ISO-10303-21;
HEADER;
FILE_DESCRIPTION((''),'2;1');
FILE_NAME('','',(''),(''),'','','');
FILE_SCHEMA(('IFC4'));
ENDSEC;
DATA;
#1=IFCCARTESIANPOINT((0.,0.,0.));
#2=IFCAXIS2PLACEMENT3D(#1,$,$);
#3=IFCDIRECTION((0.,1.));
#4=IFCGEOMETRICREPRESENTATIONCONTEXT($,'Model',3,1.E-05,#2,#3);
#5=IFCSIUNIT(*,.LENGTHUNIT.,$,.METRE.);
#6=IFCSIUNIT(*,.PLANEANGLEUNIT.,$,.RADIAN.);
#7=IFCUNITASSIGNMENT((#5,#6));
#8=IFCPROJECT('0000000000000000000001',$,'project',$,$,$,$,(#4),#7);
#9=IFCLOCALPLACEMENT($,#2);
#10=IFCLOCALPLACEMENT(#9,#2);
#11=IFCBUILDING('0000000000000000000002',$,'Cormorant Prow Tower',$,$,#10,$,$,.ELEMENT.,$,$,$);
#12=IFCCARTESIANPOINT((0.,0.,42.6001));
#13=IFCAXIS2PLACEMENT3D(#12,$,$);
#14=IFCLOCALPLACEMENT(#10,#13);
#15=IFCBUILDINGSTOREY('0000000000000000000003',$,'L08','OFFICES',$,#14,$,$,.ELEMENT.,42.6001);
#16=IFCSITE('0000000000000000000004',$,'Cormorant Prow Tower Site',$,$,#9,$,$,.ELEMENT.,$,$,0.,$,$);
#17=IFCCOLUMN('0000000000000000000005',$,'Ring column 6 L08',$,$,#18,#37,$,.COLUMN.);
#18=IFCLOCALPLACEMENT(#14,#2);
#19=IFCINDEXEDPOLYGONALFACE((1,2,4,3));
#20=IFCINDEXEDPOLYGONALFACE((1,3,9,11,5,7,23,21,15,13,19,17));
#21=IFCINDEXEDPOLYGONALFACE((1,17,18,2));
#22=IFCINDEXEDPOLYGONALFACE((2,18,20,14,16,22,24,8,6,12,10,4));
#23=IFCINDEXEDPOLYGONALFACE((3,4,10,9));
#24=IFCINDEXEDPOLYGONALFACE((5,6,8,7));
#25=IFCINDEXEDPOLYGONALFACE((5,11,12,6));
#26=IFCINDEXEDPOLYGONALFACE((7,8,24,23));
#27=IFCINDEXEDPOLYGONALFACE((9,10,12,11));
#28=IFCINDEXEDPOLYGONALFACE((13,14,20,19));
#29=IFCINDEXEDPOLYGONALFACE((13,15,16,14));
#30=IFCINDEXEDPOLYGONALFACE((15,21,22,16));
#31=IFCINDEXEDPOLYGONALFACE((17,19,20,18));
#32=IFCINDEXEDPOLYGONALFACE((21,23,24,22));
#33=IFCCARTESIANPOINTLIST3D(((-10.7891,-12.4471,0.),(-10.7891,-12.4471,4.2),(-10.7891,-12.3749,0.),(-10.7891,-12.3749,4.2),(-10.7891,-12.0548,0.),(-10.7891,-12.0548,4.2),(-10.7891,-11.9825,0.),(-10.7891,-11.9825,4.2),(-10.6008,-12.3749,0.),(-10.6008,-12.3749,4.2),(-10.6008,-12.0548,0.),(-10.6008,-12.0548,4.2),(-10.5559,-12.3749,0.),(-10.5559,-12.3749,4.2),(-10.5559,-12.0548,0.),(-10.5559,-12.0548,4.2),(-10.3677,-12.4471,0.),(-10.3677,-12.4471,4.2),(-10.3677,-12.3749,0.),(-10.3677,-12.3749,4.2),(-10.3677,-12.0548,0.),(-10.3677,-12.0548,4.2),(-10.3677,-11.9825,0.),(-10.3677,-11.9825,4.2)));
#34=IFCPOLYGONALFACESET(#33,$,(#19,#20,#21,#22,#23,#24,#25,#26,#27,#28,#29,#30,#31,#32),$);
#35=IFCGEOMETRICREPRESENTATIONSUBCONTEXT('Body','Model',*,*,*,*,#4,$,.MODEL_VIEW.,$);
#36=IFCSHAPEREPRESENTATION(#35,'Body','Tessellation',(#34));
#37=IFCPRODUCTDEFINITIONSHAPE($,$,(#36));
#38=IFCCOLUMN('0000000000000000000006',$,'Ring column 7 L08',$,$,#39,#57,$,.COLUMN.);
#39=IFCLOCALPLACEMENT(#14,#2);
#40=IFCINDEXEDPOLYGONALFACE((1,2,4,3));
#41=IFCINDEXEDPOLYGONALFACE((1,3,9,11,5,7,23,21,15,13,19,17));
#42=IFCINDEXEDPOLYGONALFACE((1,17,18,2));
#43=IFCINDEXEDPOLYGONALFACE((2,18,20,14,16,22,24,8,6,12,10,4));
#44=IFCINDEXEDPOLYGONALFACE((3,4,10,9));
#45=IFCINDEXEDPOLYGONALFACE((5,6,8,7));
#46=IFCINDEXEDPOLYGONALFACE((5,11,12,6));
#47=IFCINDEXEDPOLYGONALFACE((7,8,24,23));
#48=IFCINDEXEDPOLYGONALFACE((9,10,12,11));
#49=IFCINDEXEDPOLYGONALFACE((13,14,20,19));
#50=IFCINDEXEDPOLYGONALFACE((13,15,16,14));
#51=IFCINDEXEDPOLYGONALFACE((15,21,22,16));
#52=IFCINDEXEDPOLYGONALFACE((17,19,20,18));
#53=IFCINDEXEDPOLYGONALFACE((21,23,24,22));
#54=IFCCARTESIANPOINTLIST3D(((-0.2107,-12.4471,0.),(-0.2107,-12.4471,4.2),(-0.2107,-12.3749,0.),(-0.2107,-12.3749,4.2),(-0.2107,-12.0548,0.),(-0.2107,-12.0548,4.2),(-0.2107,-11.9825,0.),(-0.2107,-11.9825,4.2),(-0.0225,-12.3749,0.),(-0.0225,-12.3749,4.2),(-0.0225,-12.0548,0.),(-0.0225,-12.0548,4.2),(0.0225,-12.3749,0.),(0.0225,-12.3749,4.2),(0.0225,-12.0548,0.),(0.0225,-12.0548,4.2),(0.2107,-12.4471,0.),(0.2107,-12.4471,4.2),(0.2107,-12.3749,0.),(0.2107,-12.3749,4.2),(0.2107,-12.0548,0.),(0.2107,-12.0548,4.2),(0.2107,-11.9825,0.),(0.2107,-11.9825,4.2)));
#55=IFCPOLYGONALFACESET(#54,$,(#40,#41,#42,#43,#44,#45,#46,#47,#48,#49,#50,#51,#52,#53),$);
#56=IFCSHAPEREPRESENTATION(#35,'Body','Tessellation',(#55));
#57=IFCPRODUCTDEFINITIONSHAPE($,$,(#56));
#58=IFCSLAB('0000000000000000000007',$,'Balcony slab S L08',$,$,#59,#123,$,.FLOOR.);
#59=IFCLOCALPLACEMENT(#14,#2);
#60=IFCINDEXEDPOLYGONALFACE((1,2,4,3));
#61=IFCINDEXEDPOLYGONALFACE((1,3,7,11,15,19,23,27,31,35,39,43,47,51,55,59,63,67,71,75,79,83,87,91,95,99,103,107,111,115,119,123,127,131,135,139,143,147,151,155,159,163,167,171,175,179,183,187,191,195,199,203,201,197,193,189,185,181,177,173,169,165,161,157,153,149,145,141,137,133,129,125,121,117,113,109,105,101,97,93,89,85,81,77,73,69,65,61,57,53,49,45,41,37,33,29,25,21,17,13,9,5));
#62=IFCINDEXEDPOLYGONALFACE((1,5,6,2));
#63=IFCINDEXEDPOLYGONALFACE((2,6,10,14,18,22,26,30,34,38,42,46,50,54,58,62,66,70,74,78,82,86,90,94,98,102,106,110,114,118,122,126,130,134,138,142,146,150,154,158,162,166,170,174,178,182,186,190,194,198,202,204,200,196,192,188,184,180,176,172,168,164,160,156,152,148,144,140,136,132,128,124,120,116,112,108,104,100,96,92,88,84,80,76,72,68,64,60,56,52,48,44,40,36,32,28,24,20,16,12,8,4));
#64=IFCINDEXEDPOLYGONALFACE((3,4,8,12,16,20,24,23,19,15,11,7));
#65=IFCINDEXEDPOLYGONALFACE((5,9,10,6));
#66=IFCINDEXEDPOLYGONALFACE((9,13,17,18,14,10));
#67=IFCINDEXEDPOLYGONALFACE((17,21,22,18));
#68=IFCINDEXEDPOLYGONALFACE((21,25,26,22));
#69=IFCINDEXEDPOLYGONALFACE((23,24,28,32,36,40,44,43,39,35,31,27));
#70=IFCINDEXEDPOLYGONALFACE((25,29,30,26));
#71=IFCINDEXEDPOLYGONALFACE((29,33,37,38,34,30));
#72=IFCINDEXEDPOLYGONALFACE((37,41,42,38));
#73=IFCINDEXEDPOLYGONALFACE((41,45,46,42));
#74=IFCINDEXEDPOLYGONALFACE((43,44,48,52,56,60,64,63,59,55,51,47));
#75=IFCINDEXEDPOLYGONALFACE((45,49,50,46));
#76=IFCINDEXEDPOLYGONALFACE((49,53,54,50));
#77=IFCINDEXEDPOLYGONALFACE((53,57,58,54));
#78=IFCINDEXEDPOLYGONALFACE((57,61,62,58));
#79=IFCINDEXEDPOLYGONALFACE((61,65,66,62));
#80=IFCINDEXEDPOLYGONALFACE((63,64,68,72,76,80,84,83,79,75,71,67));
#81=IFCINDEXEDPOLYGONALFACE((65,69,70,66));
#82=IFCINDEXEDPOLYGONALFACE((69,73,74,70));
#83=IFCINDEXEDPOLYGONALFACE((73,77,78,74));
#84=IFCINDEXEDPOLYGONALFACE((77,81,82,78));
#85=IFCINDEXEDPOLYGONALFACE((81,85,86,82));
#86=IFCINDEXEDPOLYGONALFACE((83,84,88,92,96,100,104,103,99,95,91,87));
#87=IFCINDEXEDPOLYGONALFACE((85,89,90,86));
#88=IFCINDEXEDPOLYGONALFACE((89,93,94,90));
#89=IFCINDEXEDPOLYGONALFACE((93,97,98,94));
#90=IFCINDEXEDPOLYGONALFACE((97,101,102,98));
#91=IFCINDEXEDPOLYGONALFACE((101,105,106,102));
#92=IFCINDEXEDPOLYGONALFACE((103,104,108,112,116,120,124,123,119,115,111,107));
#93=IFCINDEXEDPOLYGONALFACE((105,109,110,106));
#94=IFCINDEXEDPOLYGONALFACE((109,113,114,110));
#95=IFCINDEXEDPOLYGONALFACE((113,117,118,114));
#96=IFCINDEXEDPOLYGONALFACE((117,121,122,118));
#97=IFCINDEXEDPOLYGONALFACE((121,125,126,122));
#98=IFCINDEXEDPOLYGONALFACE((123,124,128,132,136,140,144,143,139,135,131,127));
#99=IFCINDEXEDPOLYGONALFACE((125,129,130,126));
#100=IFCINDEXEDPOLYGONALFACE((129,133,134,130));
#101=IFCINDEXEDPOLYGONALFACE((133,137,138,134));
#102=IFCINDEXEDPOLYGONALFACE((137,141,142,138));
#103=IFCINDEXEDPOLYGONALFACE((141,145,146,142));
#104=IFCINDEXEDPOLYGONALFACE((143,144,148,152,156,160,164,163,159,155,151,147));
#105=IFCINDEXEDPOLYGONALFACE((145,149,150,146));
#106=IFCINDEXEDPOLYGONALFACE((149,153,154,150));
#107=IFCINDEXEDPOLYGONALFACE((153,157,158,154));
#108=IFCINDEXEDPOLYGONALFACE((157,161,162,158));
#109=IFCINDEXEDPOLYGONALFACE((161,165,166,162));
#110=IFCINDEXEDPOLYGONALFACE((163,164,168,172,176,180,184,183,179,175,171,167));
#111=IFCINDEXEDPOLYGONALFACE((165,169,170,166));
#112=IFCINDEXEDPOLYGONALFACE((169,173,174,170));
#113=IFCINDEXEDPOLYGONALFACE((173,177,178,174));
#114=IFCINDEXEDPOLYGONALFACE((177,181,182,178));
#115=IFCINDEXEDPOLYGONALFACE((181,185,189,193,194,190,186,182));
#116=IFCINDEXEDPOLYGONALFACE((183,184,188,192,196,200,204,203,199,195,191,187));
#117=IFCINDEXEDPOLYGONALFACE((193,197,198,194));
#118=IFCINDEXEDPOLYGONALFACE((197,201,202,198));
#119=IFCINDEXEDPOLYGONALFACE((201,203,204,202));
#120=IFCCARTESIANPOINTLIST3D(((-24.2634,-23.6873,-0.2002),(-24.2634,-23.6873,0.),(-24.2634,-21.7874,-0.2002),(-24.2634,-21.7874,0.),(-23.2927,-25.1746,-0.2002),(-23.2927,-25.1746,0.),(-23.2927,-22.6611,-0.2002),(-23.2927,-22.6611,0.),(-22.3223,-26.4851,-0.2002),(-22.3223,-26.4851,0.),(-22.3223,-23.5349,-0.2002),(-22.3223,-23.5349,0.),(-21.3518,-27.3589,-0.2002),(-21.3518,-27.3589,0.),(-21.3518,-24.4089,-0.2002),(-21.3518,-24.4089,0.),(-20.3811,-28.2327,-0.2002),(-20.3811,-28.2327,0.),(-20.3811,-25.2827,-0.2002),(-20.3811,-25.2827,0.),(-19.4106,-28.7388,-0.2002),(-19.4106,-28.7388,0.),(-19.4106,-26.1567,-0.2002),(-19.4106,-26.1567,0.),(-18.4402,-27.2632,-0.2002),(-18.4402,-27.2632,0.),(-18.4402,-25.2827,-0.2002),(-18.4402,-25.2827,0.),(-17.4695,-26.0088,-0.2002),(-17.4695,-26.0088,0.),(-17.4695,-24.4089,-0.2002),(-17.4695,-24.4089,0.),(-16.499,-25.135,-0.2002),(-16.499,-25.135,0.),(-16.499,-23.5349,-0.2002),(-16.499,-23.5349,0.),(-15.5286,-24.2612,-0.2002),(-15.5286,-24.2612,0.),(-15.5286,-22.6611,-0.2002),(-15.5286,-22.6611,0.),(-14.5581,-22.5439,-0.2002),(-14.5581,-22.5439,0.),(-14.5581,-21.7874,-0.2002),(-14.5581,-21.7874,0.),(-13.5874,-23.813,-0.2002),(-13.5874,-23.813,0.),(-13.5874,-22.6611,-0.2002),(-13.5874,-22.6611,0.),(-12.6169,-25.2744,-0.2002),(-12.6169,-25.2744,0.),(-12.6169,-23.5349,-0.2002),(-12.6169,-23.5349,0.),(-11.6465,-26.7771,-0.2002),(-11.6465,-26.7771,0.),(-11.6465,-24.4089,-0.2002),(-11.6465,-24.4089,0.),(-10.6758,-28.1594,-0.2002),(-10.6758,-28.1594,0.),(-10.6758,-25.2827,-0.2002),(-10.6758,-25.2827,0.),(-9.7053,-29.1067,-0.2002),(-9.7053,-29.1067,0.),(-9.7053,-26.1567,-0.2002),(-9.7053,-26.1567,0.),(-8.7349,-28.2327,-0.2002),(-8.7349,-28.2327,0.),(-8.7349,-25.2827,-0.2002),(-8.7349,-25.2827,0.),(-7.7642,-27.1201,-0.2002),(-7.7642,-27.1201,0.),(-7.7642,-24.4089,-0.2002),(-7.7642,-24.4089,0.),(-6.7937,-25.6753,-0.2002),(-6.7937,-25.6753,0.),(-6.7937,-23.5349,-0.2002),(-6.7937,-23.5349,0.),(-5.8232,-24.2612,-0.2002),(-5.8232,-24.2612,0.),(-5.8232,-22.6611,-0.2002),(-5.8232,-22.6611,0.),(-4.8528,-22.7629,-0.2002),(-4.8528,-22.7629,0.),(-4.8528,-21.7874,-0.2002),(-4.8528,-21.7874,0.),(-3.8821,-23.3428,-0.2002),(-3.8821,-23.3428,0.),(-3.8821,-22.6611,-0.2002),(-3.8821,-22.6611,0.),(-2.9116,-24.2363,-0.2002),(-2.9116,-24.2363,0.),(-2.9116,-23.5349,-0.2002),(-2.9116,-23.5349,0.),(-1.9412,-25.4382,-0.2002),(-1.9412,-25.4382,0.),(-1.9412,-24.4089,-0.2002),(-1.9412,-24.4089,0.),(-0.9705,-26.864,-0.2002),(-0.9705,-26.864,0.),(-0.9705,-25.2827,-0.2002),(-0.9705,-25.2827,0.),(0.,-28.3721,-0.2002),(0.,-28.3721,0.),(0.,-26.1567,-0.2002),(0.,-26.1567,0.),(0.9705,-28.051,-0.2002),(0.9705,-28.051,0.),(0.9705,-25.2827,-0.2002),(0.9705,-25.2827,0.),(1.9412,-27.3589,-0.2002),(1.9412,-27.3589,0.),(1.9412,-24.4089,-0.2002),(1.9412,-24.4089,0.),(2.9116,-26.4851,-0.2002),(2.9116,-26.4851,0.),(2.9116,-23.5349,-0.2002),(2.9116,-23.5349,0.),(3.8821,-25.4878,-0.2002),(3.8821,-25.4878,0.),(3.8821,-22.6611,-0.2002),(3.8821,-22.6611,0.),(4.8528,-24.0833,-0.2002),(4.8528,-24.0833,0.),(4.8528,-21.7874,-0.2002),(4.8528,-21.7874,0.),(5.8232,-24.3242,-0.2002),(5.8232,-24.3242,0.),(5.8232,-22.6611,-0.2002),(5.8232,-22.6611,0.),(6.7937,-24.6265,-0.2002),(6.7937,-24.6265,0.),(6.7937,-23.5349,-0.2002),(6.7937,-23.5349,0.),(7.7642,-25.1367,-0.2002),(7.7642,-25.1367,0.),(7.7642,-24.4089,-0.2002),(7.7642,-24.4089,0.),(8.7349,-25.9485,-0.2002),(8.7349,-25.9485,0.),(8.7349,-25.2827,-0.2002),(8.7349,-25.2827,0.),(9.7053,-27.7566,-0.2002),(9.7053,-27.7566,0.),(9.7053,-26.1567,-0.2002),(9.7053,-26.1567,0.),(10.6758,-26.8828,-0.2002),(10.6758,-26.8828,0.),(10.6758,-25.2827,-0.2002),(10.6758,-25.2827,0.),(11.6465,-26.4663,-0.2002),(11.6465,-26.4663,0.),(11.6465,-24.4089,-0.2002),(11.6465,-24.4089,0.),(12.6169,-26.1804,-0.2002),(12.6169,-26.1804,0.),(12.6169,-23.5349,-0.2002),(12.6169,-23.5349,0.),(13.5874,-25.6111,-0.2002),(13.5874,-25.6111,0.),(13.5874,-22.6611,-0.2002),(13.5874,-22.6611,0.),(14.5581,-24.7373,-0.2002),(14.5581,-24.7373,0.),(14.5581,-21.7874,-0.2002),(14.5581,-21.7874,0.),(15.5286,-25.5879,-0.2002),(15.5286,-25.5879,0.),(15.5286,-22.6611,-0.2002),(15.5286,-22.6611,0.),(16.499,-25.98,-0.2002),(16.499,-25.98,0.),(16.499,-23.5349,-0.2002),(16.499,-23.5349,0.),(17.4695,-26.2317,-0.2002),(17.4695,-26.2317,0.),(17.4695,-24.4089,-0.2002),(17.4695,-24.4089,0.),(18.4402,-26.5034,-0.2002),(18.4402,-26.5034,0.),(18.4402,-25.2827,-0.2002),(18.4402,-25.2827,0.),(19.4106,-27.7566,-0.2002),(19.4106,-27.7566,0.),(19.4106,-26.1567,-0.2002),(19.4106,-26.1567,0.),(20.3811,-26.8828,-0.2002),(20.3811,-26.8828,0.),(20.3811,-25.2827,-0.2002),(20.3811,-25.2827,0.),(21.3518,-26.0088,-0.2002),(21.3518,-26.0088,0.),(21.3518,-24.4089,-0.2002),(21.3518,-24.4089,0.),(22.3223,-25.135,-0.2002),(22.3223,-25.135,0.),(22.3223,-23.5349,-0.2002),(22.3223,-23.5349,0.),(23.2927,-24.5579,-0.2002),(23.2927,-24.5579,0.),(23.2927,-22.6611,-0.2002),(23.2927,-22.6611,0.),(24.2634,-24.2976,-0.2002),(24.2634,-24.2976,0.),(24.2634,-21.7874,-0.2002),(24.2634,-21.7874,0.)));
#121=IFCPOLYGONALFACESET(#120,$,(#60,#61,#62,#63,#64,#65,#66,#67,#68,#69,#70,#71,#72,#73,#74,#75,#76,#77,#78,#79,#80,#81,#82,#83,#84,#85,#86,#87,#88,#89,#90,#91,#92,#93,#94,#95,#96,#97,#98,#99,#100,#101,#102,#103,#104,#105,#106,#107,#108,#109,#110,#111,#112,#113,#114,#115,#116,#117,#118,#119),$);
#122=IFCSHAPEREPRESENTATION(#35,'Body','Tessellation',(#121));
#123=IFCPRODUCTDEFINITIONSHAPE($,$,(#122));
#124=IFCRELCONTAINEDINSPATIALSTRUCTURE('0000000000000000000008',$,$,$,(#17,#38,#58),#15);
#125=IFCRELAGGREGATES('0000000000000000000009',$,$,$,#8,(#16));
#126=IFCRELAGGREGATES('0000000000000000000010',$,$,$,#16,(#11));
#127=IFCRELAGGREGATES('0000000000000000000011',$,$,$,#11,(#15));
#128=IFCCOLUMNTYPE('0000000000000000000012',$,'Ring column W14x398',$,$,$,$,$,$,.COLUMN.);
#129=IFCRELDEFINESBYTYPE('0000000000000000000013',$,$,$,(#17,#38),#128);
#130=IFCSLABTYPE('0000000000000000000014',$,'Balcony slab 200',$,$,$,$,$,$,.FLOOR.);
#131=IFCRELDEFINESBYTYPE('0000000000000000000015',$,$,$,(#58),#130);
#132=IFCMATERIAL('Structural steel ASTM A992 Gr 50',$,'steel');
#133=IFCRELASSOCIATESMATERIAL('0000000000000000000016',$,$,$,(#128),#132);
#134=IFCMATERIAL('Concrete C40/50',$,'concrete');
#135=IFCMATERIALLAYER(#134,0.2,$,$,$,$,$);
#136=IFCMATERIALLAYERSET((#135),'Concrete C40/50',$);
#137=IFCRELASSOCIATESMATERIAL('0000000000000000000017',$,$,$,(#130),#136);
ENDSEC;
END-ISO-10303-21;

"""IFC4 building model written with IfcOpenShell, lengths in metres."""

from ifc_helpers import new_model, si_unit, direction, frame, origin, origin_2d, place, context, subcontext, project, spatial, polyline, i_section, outline, extrude, material, layer, layer_set, material_profile, profile_set, type_object, element, save


model = new_model("IFC4")

# Units and contexts
model_context = context("Model", 3, precision=1e-05, world=origin(), true_north=direction((0.0, 1.0)))
body_context = subcontext(model_context, "Body", "Model", "MODEL_VIEW")
ifc_project = project(units=[si_unit("LENGTHUNIT", "METRE"), si_unit("PLANEANGLEUNIT", "RADIAN")], contexts=[model_context])

# Site, building, storey
site_placement = place(None, origin())
site = spatial("IfcSite", under=ifc_project, at=site_placement, Name="Cormorant Prow Tower Site", CompositionType="ELEMENT", RefElevation=0.0)
building_placement = place(site_placement, origin())
building = spatial("IfcBuilding", under=site, at=building_placement, Name="Cormorant Prow Tower", CompositionType="ELEMENT")
storey_placement = place(building_placement, frame((0.0, 0.0, 42.6001)))
storey = spatial("IfcBuildingStorey", under=building, at=storey_placement, Name="L08", Description="OFFICES", CompositionType="ELEMENT", Elevation=42.6001)

# Columns
ifc_material_1 = material(Name="Structural steel ASTM A992 Gr 50", Category="steel")
ifc_material_profile = material_profile(ifc_material_1, i_section(OverallWidth=0.4214, OverallDepth=0.4646, WebThickness=0.0449, FlangeThickness=0.0723, at=origin_2d()), Name="W14x398")
ifc_profile_set = profile_set([ifc_material_profile], Name="Structural steel ASTM A992 Gr 50")
column_type = type_object("IfcColumnType", Name="Ring column W14x398", PredefinedType="COLUMN", material=ifc_profile_set)
for number, where, z_axis, x_axis, name in (
    (1, (-10.5784, -12.2148, 0.0), (0.0, 0.0, 1.0), (1.0, 0.0, 0.0), "Ring column 6 L08"),
    (2, (0.0, -12.2148, 0.0), (0.0, 0.0, 1.0), (1.0, 0.0, 0.0), "Ring column 7 L08"),
):
    element("IfcColumn", number, at=place(storey_placement, frame(where, z_axis=z_axis, x_axis=x_axis)), inside=storey, type_object=column_type, Name=name, PredefinedType="COLUMN", context=body_context, shape_type="SweptSolid", body=[
        extrude(i_section(OverallWidth=0.4214, OverallDepth=0.4646, WebThickness=0.0449, FlangeThickness=0.0723, at=origin_2d()), origin(), (0.0, 0.0, 1.0), 4.2),
    ])

# Slab
ifc_material_2 = material(Name="Concrete C40/50", Category="concrete")
ifc_layer_1 = layer(ifc_material_2, 0.2)
ifc_layer_set_1 = layer_set([ifc_layer_1], Name="Concrete C40/50")
slab_type_1 = type_object("IfcSlabType", Name="Balcony slab 200", PredefinedType="FLOOR", material=ifc_layer_set_1)
slab_1_placement = place(storey_placement, frame((0.0, 0.0, -0.2002)))
element("IfcSlab", 3, at=slab_1_placement, inside=storey, type_object=slab_type_1, Name="Balcony slab S L08", PredefinedType="FLOOR", context=body_context, shape_type="SweptSolid", body=[
    extrude(outline(polyline([(-24.2634, -21.7874), (-24.2634, -23.6873), (-23.2927, -25.1746), (-22.3223, -26.4851), (-21.3518, -27.3589), (-20.3811, -28.2327), (-19.4106, -28.7388), (-18.4402, -27.2632), (-17.4695, -26.0088), (-16.499, -25.135), (-15.5286, -24.2612), (-14.5581, -22.5439), (-13.5874, -23.813), (-12.6169, -25.2744), (-11.6465, -26.7771), (-10.6758, -28.1594), (-9.7053, -29.1067), (-8.7349, -28.2327), (-7.7642, -27.1201), (-6.7937, -25.6753), (-5.8232, -24.2612), (-4.8528, -22.7629), (-3.8821, -23.3428), (-2.9116, -24.2363), (-1.9412, -25.4382), (-0.9705, -26.864), (0.0, -28.3721), (0.9705, -28.051), (1.9412, -27.3589), (2.9116, -26.4851), (3.8821, -25.4878), (4.8528, -24.0833), (5.8232, -24.3242), (6.7937, -24.6265), (7.7642, -25.1367), (8.7349, -25.9485), (9.7053, -27.7566), (10.6758, -26.8828), (11.6465, -26.4663), (12.6169, -26.1804), (13.5874, -25.6111), (14.5581, -24.7373), (15.5286, -25.5879), (16.499, -25.98), (17.4695, -26.2317), (18.4402, -26.5034), (19.4106, -27.7566), (20.3811, -26.8828), (21.3518, -26.0088), (22.3223, -25.135), (23.2927, -24.5579), (24.2634, -24.2976), (24.2634, -21.7874), (23.2927, -22.6611), (22.3223, -23.5349), (21.3518, -24.4089), (20.3811, -25.2827), (19.4106, -26.1567), (18.4402, -25.2827), (17.4695, -24.4089), (16.499, -23.5349), (15.5286, -22.6611), (14.5581, -21.7874), (13.5874, -22.6611), (12.6169, -23.5349), (11.6465, -24.4089), (10.6758, -25.2827), (9.7053, -26.1567), (8.7349, -25.2827), (7.7642, -24.4089), (6.7937, -23.5349), (5.8232, -22.6611), (4.8528, -21.7874), (3.8821, -22.6611), (2.9116, -23.5349), (1.9412, -24.4089), (0.9705, -25.2827), (0.0, -26.1567), (-0.9705, -25.2827), (-1.9412, -24.4089), (-2.9116, -23.5349), (-3.8821, -22.6611), (-4.8528, -21.7874), (-5.8232, -22.6611), (-6.7937, -23.5349), (-7.7642, -24.4089), (-8.7349, -25.2827), (-9.7053, -26.1567), (-10.6758, -25.2827), (-11.6465, -24.4089), (-12.6169, -23.5349), (-13.5874, -22.6611), (-14.5581, -21.7874), (-15.5286, -22.6611), (-16.499, -23.5349), (-17.4695, -24.4089), (-18.4402, -25.2827), (-19.4106, -26.1567), (-20.3811, -25.2827), (-21.3518, -24.4089), (-22.3223, -23.5349), (-23.2927, -22.6611), (-24.2634, -21.7874)])), origin(), (0.0, 0.0, 1.0), 0.2002),
])

save(model, "model.ifc")
